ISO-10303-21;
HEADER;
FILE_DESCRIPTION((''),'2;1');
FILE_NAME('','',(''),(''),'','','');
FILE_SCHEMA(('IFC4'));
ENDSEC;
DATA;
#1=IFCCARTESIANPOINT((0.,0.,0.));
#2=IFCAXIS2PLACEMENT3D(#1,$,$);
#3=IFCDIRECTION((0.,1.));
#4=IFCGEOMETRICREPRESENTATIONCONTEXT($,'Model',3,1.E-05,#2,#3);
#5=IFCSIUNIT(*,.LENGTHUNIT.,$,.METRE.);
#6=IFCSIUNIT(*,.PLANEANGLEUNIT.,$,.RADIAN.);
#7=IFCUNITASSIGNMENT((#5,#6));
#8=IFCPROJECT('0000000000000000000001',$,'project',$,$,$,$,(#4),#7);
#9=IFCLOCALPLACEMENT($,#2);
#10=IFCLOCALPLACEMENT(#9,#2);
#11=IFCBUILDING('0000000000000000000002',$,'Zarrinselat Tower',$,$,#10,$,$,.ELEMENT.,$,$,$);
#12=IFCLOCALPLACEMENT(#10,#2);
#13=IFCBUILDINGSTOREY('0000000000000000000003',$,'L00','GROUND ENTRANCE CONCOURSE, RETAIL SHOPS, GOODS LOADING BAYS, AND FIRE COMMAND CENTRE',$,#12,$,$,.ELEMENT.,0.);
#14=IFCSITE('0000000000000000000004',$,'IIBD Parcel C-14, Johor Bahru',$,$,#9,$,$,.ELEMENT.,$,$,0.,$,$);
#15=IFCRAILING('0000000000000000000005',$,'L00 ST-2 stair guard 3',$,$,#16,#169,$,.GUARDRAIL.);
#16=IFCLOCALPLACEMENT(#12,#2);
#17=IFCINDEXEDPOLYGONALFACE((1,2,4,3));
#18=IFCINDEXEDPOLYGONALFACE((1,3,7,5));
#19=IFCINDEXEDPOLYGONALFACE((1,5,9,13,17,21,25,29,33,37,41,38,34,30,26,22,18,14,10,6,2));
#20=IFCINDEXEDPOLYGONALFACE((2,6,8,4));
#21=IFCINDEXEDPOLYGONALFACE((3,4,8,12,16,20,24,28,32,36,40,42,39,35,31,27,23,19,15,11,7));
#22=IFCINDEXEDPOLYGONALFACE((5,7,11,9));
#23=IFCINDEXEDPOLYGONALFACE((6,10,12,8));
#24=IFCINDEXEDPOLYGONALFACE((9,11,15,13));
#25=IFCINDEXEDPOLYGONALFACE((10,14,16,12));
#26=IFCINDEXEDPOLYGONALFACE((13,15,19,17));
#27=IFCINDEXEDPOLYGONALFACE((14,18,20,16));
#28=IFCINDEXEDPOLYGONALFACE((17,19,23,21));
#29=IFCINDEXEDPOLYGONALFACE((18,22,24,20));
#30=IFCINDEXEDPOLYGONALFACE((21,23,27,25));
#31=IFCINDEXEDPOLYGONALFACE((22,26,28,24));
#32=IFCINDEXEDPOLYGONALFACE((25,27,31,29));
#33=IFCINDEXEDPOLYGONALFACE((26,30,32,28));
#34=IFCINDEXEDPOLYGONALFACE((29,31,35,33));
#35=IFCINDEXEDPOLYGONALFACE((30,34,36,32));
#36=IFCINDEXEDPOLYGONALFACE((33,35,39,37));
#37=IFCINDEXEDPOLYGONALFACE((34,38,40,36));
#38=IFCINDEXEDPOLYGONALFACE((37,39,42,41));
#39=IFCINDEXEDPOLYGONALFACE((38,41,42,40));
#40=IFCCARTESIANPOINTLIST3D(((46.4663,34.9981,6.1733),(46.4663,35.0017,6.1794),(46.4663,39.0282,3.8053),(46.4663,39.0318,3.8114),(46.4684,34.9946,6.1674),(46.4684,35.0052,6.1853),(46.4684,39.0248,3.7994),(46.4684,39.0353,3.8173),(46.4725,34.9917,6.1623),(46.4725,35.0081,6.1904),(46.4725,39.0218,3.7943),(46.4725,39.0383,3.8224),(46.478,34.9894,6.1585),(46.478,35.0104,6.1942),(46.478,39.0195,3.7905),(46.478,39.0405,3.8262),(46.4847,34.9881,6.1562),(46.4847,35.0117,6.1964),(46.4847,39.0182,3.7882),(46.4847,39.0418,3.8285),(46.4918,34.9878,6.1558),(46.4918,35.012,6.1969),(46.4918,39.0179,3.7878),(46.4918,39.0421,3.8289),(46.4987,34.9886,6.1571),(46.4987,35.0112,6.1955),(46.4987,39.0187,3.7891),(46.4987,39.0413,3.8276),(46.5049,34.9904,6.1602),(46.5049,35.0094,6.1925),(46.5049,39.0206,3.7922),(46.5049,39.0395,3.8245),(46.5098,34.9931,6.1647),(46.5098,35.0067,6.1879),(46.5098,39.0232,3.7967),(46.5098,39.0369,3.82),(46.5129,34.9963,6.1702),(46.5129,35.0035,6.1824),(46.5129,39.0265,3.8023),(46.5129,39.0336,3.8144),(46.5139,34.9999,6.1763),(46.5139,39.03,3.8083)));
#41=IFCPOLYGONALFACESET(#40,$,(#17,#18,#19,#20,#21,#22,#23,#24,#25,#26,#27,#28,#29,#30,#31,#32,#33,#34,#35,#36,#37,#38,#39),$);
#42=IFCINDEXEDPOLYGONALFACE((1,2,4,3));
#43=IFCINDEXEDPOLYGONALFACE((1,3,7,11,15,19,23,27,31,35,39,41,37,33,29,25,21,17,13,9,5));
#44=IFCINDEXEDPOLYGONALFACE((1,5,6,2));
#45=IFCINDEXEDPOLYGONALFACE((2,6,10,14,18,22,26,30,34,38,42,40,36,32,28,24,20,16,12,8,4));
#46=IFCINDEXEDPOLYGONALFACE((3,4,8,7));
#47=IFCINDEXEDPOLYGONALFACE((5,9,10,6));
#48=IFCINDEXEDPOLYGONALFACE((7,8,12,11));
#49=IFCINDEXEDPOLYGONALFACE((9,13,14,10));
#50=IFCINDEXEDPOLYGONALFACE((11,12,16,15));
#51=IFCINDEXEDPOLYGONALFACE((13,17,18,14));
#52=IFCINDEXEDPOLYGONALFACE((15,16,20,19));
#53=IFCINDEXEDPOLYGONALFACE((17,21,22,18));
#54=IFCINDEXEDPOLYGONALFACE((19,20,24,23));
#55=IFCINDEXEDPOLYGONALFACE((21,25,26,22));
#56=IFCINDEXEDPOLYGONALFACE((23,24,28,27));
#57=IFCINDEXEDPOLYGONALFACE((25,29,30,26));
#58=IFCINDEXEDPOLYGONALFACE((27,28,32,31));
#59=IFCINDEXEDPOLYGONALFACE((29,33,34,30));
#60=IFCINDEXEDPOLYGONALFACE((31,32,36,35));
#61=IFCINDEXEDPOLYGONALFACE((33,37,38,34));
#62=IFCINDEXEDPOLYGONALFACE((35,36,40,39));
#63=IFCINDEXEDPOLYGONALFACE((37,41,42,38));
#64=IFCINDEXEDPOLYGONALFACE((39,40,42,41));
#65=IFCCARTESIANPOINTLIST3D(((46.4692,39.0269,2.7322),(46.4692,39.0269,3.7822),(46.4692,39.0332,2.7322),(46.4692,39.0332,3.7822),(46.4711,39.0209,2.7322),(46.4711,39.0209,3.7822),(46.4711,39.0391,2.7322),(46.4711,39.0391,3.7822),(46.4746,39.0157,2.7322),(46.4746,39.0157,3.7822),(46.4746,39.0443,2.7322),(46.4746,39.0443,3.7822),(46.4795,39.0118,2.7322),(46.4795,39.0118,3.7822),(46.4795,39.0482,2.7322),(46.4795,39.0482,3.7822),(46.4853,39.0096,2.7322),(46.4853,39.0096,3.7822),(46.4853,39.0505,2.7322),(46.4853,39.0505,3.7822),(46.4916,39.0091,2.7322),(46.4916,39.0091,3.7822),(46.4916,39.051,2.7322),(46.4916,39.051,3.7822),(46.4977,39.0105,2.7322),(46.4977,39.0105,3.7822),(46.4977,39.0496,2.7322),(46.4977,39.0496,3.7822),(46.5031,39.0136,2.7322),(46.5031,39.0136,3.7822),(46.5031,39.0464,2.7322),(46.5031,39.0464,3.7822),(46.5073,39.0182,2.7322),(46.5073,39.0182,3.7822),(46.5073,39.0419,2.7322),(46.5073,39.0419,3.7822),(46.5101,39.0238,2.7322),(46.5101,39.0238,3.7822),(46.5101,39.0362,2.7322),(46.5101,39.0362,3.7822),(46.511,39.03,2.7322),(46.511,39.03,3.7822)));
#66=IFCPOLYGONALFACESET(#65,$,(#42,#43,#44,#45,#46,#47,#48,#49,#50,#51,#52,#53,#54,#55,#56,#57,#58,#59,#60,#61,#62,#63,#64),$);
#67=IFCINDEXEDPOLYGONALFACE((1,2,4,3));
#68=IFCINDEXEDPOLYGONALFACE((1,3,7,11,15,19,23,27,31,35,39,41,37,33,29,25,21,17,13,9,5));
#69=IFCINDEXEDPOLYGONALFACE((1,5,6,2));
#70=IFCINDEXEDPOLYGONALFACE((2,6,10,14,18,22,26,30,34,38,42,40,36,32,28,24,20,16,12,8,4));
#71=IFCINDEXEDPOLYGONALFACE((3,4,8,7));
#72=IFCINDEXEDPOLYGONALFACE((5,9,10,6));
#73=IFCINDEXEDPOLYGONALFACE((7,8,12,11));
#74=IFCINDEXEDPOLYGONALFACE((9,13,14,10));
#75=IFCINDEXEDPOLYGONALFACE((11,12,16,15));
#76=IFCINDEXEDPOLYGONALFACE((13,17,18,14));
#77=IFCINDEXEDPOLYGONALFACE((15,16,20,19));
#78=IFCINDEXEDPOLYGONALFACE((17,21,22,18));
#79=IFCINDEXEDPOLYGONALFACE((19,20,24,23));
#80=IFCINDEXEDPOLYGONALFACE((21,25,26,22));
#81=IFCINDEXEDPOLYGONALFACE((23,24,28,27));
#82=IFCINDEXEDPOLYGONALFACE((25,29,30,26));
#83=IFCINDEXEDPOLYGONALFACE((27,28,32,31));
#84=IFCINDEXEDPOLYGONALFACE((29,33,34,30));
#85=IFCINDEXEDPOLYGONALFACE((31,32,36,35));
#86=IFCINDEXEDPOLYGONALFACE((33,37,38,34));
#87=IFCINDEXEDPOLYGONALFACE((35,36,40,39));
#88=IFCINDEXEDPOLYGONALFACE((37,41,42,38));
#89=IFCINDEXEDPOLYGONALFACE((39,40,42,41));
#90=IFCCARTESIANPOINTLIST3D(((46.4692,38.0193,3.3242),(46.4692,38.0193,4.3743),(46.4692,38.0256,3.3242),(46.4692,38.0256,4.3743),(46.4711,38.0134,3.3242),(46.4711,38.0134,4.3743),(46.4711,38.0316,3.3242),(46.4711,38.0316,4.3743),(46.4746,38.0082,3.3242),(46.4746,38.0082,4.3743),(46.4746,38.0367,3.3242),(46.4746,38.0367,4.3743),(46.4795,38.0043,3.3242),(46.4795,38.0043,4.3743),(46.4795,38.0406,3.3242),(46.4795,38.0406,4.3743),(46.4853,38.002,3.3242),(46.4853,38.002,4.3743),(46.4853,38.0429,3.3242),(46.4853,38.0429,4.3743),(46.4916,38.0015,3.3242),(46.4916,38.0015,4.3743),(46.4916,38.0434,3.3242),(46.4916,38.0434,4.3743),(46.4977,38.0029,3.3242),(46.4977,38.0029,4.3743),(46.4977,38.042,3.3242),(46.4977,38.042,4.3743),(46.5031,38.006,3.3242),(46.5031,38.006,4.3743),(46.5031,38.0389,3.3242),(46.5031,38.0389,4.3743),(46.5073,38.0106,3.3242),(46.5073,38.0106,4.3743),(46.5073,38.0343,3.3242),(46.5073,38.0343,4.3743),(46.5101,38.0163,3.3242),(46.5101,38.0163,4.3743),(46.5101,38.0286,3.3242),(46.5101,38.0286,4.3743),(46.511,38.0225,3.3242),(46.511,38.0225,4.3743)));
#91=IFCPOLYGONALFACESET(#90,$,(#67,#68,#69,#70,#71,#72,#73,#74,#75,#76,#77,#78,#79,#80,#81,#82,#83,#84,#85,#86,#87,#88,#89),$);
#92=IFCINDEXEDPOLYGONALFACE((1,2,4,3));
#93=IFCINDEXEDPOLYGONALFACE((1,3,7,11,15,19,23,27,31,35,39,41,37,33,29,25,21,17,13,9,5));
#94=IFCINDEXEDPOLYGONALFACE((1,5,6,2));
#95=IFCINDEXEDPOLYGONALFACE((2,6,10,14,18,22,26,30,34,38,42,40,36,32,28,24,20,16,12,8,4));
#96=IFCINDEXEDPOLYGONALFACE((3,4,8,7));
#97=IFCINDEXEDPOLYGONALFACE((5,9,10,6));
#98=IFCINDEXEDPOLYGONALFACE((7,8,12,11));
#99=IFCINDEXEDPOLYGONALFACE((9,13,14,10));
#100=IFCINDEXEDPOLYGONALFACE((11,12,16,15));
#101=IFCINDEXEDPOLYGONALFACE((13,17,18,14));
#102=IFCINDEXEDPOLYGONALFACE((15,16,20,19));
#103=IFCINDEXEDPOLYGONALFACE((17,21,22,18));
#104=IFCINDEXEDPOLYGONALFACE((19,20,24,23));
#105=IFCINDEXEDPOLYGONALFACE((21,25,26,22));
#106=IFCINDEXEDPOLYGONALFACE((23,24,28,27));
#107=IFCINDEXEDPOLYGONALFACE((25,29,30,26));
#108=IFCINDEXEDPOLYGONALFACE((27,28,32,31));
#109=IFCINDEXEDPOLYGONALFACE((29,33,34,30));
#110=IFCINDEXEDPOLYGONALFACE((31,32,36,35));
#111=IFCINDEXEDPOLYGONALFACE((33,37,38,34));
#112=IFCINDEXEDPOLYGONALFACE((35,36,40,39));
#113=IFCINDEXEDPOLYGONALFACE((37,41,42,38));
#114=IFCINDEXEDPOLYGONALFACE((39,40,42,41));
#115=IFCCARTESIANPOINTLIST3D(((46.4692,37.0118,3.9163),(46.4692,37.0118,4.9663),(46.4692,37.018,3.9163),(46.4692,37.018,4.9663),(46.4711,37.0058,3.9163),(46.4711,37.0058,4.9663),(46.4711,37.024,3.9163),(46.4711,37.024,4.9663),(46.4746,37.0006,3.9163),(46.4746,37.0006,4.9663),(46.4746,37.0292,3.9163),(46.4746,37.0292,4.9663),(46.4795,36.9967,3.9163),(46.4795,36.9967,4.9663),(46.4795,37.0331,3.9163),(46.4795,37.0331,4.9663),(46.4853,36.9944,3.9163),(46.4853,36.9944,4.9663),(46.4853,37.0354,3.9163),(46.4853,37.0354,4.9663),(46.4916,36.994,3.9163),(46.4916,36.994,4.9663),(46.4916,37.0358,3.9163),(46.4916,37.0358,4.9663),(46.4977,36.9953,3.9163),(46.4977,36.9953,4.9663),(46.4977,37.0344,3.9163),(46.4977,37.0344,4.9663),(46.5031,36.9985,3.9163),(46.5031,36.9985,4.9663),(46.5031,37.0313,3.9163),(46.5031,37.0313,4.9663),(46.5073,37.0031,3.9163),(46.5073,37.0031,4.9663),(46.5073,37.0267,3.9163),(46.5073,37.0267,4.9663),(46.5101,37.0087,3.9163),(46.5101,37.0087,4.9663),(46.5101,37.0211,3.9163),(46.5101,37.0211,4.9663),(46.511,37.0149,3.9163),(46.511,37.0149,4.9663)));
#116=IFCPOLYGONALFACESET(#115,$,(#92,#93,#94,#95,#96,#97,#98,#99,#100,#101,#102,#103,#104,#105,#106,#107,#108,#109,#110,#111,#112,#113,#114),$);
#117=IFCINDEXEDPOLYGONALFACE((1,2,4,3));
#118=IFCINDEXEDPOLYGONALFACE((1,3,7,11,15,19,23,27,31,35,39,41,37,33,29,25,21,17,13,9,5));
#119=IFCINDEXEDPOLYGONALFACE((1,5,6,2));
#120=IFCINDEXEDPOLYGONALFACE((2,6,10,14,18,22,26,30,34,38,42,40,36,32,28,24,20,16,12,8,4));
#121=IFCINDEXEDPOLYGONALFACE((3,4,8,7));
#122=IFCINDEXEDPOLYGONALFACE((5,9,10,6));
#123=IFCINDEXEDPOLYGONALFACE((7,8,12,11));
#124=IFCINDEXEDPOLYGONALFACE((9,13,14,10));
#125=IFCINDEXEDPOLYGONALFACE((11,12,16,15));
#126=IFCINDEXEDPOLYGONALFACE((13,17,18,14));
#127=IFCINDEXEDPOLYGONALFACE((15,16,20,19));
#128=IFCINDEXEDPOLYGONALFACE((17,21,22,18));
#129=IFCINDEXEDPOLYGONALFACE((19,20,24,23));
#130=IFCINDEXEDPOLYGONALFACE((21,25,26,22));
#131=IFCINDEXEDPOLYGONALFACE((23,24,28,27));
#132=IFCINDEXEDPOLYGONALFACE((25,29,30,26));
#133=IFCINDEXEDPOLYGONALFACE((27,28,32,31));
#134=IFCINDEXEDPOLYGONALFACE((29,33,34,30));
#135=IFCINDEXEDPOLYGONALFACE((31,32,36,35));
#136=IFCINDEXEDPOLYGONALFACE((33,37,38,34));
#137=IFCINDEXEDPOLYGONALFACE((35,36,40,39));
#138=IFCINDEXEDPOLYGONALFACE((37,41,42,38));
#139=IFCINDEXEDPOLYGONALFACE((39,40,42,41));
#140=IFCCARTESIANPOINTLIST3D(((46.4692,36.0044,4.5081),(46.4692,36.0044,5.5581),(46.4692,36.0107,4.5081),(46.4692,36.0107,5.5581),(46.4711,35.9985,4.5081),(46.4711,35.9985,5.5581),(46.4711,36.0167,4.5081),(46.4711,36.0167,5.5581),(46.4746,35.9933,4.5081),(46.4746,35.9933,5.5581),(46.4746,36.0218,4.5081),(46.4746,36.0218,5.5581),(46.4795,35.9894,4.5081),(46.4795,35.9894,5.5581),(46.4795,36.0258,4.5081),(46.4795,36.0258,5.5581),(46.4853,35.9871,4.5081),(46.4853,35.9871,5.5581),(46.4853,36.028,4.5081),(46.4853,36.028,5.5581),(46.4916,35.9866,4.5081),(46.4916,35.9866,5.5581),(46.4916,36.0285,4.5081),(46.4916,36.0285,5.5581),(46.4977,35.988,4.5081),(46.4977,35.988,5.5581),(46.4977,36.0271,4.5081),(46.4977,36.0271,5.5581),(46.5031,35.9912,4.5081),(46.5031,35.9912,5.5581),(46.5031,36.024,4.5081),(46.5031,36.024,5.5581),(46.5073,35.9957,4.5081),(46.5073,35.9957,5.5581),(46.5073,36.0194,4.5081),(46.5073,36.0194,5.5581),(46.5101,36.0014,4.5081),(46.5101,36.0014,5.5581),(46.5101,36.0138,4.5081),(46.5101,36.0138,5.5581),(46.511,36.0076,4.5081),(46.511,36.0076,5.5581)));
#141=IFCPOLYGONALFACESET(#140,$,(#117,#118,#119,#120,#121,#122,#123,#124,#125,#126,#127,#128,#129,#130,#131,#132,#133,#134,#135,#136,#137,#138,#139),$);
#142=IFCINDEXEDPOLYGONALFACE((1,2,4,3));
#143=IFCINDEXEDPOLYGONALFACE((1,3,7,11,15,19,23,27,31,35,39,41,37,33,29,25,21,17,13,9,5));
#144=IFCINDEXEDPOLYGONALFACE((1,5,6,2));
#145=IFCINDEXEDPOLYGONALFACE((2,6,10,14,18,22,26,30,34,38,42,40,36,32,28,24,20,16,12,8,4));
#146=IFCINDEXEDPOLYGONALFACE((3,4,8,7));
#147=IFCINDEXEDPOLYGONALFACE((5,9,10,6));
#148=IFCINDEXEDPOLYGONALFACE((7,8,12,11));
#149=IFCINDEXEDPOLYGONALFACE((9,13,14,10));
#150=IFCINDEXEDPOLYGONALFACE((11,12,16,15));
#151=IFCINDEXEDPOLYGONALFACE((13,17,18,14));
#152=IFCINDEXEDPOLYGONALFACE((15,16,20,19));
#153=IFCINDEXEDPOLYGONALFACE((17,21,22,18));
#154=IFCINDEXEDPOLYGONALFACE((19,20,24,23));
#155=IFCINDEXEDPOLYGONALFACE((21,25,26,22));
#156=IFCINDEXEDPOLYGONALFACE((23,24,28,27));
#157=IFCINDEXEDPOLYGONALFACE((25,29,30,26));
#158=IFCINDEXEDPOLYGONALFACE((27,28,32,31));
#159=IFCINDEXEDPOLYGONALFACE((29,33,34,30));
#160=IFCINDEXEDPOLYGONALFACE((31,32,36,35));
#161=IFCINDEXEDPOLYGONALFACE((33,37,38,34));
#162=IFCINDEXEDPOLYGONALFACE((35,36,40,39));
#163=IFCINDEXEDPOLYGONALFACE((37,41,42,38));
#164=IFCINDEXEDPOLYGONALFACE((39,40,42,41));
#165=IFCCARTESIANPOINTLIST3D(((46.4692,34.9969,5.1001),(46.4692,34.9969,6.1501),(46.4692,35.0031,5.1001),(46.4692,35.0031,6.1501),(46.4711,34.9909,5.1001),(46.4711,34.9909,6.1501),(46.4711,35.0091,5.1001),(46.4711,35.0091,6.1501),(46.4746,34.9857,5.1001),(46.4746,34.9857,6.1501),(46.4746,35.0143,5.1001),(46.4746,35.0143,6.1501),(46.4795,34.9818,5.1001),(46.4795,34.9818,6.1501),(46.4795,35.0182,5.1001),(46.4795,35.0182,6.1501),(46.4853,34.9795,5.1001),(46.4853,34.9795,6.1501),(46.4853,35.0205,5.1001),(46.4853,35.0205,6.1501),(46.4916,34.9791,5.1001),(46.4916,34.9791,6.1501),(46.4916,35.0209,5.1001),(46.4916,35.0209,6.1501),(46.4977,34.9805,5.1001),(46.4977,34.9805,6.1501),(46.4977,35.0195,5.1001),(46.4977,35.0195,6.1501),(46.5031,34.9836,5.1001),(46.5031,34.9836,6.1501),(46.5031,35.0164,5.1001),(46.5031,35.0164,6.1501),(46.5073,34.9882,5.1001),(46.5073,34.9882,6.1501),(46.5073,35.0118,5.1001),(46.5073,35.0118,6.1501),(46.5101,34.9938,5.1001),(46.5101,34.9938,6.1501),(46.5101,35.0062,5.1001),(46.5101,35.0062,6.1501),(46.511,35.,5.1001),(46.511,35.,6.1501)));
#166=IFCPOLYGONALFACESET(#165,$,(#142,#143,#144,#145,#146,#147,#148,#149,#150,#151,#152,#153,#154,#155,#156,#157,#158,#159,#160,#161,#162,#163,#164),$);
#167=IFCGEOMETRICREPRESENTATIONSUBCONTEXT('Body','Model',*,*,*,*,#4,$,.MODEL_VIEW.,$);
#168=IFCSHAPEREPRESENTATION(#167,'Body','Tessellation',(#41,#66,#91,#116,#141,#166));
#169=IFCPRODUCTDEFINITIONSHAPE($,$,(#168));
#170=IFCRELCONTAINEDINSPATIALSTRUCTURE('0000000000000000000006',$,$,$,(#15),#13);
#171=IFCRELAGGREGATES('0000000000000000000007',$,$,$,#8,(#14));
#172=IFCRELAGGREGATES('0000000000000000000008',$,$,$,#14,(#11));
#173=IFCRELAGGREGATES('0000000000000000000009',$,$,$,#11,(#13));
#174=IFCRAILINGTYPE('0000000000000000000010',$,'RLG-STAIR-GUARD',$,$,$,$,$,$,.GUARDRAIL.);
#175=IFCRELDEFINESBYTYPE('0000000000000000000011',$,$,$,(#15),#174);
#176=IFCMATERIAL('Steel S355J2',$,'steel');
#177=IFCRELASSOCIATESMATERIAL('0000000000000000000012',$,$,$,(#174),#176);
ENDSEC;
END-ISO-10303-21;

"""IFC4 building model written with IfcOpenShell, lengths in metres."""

from ifc_helpers import new_model, si_unit, direction, frame, origin, origin_2d, place, context, subcontext, project, spatial, circle, extrude, material, type_object, element, save


model = new_model("IFC4")

# Units and contexts
model_context = context("Model", 3, precision=1e-05, world=origin(), true_north=direction((0.0, 1.0)))
body_context = subcontext(model_context, "Body", "Model", "MODEL_VIEW")
ifc_project = project(units=[si_unit("LENGTHUNIT", "METRE"), si_unit("PLANEANGLEUNIT", "RADIAN")], contexts=[model_context])

# Site, building, storey
site_placement = place(None, origin())
site = spatial("IfcSite", under=ifc_project, at=site_placement, Name="IIBD Parcel C-14, Johor Bahru", CompositionType="ELEMENT", RefElevation=0.0)
building_placement = place(site_placement, origin())
building = spatial("IfcBuilding", under=site, at=building_placement, Name="Zarrinselat Tower", CompositionType="ELEMENT")
storey_placement = place(building_placement, origin())
storey = spatial("IfcBuildingStorey", under=building, at=storey_placement, Name="L00", Description="GROUND ENTRANCE CONCOURSE, RETAIL SHOPS, GOODS LOADING BAYS, AND FIRE COMMAND CENTRE", CompositionType="ELEMENT", Elevation=0.0)

# Railing
ifc_material_1 = material(Name="Steel S355J2", Category="steel")
railing_type_1 = type_object("IfcRailingType", Name="RLG-STAIR-GUARD", PredefinedType="GUARDRAIL", material=ifc_material_1)
railing_1_placement = place(storey_placement, frame((46.49, 39.03, 2.7322)))
element("IfcRailing", 1, at=railing_1_placement, inside=storey, type_object=railing_type_1, Name="L00 ST-2 stair guard 3", PredefinedType="GUARDRAIL", context=body_context, shape_type="SweptSolid", body=[
    extrude(circle(Radius=0.0239, at=origin_2d()), frame((0.0, 0.0, 1.0762), z_axis=(0.0, -0.862185, 0.506593), x_axis=(1.0, 0.0, 0.0)), (0.0, 0.0, 1.0), 4.6743),
    extrude(circle(Radius=0.021, at=origin_2d()), origin(), (0.0, 0.0, 1.0), 1.05),
    extrude(circle(Radius=0.021, at=origin_2d()), frame((0.0, -1.0076, 0.592)), (0.0, 0.0, 1.0), 1.05),
    extrude(circle(Radius=0.021, at=origin_2d()), frame((0.0, -2.0151, 1.1841)), (0.0, 0.0, 1.0), 1.05),
    extrude(circle(Radius=0.021, at=origin_2d()), frame((0.0, -3.0225, 1.7759)), (0.0, 0.0, 1.0), 1.05),
    extrude(circle(Radius=0.021, at=origin_2d()), frame((0.0, -4.03, 2.3679)), (0.0, 0.0, 1.0), 1.05),
])

save(model, "model.ifc")
